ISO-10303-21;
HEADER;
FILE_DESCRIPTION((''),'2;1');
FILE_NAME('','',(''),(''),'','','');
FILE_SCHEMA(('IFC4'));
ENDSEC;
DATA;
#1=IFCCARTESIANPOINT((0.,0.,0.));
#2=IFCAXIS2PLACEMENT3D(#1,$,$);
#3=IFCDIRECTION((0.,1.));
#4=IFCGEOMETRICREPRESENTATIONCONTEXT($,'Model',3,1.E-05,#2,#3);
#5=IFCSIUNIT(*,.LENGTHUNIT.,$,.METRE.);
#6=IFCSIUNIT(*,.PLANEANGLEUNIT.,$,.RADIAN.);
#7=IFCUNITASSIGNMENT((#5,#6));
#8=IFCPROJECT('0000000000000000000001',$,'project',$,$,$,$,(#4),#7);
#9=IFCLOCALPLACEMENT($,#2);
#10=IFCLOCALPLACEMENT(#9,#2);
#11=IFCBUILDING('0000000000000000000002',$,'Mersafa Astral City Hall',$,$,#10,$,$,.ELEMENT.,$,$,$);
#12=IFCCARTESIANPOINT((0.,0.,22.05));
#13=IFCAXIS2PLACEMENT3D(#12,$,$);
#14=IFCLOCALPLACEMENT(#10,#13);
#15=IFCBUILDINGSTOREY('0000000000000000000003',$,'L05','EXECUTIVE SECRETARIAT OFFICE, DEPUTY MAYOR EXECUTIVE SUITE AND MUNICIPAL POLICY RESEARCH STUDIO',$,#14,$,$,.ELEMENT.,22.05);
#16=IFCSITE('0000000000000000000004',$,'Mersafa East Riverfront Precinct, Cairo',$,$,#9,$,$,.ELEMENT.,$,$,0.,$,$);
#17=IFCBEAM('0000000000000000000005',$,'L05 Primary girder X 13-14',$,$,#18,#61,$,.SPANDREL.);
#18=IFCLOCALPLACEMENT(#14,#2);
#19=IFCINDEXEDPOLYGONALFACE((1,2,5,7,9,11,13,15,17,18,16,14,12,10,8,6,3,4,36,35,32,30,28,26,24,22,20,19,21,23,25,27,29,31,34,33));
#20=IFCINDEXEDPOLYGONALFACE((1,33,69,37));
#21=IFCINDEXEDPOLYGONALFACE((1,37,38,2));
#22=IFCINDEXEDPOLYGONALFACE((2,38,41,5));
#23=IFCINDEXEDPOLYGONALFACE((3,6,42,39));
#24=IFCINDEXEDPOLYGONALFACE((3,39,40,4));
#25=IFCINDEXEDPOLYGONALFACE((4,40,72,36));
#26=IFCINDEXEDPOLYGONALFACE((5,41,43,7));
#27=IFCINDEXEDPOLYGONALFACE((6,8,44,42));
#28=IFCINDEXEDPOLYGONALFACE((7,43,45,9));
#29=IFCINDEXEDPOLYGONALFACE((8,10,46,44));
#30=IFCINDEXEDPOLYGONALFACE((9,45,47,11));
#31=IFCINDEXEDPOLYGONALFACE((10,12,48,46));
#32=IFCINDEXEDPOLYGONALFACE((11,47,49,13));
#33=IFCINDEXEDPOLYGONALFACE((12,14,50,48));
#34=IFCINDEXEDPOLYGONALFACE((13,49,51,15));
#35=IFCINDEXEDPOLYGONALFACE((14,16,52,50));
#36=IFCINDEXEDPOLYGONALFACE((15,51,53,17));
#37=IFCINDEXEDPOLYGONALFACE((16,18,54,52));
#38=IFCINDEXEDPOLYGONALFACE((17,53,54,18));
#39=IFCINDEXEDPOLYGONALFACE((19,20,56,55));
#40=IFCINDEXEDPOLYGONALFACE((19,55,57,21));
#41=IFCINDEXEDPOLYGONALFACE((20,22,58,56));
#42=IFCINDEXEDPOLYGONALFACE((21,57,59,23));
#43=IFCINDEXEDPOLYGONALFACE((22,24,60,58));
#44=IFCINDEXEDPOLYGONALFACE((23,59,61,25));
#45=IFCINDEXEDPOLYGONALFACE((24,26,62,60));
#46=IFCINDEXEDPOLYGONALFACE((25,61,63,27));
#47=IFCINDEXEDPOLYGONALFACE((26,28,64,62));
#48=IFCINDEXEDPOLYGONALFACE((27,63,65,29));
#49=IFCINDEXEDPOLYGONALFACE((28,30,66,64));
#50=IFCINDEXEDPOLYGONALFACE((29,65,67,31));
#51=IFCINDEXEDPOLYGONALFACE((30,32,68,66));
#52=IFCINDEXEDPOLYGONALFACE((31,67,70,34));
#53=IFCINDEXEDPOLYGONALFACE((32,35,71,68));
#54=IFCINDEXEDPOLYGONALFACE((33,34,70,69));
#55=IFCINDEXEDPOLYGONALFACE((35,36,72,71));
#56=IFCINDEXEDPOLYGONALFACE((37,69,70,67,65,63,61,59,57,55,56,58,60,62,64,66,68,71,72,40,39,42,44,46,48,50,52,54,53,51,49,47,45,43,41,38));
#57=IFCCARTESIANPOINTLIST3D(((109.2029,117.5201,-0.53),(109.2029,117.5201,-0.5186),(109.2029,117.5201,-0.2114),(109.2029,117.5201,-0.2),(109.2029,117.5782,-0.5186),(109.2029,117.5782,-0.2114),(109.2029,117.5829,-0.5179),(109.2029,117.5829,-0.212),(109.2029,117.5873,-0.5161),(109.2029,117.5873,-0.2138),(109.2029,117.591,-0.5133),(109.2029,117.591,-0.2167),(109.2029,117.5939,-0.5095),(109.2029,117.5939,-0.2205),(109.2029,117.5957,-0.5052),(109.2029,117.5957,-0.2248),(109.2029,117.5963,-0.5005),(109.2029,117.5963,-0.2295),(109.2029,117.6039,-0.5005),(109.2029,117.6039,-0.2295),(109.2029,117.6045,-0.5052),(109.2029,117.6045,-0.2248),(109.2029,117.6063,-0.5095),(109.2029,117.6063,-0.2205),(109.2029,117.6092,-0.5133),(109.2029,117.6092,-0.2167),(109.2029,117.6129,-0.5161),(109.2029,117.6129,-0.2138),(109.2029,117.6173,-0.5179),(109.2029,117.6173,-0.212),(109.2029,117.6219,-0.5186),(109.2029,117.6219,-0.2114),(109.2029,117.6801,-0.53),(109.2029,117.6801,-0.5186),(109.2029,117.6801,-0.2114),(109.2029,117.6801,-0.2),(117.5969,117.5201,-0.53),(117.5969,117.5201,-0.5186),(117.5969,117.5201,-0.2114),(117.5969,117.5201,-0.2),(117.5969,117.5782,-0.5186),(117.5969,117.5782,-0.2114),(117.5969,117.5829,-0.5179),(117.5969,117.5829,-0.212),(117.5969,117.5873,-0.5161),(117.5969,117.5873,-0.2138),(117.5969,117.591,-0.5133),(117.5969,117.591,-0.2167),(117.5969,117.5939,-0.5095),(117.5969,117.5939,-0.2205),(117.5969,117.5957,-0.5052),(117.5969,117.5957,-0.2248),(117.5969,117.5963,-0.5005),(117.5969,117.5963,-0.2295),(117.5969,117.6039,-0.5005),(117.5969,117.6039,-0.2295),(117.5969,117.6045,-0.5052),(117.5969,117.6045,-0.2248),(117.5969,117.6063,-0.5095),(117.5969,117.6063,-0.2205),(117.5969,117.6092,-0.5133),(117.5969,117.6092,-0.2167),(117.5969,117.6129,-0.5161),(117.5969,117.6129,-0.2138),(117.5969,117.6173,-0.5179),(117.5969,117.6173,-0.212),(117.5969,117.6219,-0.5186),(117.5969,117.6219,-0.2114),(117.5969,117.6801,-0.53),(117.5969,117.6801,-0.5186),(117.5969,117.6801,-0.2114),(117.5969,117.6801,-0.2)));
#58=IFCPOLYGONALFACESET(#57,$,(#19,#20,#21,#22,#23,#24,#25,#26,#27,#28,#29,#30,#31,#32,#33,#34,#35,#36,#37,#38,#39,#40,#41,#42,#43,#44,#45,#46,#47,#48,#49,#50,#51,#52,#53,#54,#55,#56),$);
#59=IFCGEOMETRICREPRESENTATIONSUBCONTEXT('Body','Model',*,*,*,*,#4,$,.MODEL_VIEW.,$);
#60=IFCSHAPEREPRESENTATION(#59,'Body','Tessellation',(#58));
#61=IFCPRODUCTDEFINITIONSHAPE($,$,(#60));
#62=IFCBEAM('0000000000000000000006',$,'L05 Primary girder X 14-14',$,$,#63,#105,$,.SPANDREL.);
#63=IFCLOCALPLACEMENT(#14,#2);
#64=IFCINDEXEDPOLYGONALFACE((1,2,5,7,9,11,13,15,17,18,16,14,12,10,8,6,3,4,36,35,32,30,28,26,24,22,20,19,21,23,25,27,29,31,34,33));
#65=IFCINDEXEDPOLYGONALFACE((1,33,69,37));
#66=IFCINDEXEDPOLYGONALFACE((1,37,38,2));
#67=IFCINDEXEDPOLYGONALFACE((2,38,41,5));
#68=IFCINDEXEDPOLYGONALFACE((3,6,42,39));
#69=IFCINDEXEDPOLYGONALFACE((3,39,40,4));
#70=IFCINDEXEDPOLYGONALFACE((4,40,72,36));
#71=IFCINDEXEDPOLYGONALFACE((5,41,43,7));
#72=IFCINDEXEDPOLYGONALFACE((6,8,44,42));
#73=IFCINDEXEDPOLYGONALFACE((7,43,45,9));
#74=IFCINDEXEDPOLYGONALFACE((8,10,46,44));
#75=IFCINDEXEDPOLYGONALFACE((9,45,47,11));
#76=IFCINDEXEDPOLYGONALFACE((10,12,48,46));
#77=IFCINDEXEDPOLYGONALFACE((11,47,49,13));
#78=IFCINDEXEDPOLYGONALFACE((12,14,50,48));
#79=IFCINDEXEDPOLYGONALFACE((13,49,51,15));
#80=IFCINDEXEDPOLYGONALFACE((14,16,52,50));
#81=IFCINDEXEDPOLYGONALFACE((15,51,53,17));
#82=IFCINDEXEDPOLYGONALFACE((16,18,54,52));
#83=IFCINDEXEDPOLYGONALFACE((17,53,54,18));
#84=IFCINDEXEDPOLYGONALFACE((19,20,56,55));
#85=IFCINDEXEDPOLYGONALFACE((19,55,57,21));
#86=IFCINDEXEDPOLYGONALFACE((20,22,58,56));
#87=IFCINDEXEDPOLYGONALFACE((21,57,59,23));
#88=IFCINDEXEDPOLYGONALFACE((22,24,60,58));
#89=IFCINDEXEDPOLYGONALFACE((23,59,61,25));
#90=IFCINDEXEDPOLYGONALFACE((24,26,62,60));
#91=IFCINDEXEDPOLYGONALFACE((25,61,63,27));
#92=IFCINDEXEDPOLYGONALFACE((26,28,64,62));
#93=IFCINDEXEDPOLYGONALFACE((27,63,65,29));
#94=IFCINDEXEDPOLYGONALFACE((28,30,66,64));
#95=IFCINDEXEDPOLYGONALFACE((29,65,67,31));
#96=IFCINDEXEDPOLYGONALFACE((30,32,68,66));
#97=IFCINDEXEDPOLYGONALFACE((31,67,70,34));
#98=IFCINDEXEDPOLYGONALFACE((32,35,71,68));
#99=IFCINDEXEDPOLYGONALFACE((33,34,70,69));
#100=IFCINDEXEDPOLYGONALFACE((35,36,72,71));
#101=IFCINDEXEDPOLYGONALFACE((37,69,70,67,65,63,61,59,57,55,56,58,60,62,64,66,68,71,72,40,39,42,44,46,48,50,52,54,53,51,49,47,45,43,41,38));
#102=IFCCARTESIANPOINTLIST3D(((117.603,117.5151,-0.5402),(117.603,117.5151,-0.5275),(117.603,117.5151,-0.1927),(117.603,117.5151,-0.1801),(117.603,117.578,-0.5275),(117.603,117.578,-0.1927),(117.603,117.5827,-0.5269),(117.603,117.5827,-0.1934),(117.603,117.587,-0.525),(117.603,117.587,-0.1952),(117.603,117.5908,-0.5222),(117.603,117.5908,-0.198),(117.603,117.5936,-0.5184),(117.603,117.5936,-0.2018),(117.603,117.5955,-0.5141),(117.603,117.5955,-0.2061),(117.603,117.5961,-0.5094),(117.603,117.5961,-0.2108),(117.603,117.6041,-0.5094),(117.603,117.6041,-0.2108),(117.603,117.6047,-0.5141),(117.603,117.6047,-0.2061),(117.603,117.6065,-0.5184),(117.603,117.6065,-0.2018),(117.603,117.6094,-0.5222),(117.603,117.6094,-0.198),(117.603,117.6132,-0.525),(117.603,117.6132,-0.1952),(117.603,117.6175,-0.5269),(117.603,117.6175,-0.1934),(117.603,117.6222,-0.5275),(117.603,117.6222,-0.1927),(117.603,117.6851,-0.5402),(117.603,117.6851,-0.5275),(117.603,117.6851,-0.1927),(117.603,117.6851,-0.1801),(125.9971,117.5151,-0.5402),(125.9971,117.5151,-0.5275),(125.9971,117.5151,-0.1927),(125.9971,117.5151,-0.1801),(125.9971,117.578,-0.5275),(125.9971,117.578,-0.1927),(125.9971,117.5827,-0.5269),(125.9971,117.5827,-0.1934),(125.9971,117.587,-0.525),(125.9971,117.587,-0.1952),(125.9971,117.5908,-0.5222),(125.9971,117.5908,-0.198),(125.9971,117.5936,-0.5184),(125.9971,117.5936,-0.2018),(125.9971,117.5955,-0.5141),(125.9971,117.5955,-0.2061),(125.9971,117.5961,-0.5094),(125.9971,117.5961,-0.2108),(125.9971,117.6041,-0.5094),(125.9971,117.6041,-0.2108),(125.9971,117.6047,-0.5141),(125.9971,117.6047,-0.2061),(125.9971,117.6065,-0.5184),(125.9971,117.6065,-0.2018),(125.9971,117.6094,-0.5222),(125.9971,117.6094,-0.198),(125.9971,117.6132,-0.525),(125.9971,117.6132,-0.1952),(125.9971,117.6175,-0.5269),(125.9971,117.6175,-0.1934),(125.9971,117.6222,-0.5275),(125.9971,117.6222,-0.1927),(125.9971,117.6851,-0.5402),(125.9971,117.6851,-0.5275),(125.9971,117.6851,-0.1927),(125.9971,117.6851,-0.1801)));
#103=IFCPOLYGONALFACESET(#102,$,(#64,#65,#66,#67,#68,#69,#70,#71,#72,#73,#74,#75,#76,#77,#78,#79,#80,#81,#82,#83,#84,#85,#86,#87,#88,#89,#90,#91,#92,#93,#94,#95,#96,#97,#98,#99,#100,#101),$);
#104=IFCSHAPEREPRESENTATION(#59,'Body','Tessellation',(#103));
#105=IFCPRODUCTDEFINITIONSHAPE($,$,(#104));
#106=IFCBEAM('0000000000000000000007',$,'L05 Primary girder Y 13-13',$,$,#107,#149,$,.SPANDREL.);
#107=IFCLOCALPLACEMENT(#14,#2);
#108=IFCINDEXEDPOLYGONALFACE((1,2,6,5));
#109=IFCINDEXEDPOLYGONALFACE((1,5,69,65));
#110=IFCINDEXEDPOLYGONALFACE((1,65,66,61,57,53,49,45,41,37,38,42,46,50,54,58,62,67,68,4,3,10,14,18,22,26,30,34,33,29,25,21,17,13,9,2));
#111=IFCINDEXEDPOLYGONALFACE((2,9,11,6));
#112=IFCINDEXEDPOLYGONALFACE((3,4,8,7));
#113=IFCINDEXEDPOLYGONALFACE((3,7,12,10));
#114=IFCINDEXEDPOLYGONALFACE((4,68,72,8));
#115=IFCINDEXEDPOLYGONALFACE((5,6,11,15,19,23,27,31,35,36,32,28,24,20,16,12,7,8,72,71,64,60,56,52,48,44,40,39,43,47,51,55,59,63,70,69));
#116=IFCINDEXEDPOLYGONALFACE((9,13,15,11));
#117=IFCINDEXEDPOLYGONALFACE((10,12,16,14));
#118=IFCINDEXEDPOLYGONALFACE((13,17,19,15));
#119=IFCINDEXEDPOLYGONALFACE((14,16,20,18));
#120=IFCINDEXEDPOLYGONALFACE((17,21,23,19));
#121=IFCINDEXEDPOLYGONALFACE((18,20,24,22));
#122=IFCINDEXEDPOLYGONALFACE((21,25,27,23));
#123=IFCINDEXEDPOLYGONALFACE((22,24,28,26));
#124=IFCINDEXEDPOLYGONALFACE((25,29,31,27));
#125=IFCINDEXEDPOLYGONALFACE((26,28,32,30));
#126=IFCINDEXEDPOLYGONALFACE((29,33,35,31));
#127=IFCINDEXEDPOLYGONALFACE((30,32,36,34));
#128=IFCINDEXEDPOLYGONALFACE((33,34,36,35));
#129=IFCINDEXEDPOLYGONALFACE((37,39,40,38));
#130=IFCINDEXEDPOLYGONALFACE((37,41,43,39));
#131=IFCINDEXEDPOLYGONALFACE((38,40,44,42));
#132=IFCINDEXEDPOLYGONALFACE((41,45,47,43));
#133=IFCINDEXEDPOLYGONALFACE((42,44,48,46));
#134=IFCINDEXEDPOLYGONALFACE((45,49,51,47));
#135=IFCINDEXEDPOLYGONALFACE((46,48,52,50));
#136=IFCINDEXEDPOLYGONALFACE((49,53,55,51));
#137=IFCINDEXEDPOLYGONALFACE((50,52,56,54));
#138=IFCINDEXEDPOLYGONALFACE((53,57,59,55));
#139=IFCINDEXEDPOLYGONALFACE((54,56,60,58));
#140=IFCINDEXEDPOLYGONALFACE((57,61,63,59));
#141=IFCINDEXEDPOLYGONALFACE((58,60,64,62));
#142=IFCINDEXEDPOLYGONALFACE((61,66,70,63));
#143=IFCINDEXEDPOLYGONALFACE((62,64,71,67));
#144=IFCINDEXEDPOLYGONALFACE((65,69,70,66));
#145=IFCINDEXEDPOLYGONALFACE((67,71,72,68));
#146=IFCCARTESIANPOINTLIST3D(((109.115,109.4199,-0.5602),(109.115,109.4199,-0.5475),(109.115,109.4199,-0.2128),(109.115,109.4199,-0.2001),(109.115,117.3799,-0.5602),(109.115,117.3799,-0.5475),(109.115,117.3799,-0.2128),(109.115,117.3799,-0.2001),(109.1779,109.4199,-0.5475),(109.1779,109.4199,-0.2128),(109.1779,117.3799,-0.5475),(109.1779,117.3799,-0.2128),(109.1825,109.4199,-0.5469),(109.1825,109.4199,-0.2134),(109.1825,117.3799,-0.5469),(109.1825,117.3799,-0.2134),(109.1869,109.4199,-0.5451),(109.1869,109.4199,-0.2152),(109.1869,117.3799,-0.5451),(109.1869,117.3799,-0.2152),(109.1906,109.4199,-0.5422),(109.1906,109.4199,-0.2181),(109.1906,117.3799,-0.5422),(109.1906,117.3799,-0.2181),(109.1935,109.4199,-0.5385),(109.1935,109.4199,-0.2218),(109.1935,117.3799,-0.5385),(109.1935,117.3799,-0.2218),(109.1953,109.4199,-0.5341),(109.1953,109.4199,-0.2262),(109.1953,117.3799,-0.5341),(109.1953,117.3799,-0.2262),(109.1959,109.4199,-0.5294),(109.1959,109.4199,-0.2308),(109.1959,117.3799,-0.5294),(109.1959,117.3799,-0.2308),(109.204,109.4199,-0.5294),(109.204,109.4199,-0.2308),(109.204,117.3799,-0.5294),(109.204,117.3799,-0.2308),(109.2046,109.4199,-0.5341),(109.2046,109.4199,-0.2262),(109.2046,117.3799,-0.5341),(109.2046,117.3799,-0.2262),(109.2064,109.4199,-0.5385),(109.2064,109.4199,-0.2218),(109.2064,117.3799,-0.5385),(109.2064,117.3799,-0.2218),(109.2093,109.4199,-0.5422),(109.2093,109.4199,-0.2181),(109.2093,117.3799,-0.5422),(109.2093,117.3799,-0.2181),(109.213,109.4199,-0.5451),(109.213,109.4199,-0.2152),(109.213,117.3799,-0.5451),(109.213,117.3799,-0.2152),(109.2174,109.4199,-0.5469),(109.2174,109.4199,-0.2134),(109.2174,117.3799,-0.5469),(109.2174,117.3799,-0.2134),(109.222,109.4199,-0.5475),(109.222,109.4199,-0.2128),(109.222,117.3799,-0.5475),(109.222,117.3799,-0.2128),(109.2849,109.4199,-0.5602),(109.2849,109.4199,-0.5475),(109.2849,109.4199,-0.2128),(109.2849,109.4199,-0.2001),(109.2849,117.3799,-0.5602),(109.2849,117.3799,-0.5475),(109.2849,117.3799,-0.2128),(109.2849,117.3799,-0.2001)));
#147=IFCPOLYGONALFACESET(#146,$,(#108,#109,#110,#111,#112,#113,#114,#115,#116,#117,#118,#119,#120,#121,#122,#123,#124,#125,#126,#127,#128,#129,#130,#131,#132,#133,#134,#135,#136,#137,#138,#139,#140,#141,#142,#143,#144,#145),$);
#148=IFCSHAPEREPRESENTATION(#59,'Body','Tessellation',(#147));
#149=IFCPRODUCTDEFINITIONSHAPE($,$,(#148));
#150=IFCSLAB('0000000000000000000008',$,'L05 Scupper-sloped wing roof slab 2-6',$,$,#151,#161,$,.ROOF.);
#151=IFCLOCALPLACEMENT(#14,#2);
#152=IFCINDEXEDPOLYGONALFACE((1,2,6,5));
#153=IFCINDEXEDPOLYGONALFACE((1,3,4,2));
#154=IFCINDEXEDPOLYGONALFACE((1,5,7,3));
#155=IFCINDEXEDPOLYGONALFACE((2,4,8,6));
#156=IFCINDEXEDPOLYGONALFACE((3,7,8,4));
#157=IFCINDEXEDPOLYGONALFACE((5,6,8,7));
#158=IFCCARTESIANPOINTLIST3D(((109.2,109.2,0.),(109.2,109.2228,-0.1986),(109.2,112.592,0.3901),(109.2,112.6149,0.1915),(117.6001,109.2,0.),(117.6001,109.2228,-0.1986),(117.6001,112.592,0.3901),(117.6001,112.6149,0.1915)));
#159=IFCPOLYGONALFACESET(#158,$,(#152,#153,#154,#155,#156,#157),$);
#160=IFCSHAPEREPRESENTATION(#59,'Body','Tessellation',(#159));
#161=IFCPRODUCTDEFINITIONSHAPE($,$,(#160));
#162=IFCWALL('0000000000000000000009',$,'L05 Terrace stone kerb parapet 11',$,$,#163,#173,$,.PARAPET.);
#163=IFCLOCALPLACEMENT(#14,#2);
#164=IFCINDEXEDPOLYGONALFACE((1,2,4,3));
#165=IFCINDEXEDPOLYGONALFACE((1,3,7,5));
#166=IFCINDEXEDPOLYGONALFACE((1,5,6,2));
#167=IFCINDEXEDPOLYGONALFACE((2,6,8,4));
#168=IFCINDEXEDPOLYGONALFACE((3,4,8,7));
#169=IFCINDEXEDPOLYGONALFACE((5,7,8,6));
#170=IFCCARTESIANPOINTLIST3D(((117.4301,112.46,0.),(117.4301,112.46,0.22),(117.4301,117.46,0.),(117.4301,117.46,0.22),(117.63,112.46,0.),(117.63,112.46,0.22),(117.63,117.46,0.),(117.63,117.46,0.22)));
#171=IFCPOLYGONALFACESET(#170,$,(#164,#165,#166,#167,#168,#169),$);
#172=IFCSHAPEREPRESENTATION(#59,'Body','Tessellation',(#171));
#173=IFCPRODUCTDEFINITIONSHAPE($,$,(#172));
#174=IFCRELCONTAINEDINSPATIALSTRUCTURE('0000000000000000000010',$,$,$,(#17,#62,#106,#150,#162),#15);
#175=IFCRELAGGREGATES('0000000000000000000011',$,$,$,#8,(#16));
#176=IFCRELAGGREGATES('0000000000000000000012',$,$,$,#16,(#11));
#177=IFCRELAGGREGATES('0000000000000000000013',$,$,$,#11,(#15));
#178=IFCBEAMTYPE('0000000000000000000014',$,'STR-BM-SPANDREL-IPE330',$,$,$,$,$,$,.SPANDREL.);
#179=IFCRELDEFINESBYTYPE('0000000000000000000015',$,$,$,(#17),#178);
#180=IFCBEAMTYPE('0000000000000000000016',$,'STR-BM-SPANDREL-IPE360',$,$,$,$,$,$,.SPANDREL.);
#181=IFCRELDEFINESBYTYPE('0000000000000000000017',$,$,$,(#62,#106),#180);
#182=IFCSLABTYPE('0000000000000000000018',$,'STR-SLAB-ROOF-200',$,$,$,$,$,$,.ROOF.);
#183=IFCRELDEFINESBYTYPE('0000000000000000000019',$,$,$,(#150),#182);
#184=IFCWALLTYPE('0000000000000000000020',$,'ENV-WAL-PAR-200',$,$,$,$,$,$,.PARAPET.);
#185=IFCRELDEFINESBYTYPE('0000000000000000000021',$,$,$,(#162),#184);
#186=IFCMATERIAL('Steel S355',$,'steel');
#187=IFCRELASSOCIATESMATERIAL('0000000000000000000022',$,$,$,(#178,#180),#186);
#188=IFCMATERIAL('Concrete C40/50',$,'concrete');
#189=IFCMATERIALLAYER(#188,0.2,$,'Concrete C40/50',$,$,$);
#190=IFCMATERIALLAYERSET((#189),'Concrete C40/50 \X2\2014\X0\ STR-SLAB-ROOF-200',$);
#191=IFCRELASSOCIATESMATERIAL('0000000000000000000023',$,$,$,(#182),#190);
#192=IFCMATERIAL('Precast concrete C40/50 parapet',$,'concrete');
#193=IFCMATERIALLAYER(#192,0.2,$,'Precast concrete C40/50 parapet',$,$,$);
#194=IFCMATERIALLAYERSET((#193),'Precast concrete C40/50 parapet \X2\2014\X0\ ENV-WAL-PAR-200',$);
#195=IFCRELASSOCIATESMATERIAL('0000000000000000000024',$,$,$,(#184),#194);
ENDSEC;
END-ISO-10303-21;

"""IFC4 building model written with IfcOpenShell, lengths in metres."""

from ifc_helpers import new_model, si_unit, direction, frame, frame_2d, origin, origin_2d, place, context, subcontext, project, spatial, polyline, rectangle, i_section, outline, extrude, material, layer, layer_set, material_profile, profile_set, type_object, element, save


model = new_model("IFC4")

# Units and contexts
model_context = context("Model", 3, precision=1e-05, world=origin(), true_north=direction((0.0, 1.0)))
body_context = subcontext(model_context, "Body", "Model", "MODEL_VIEW")
ifc_project = project(units=[si_unit("LENGTHUNIT", "METRE"), si_unit("PLANEANGLEUNIT", "RADIAN")], contexts=[model_context])

# Site, building, storey
site_placement = place(None, origin())
site = spatial("IfcSite", under=ifc_project, at=site_placement, Name="Mersafa East Riverfront Precinct, Cairo", CompositionType="ELEMENT", RefElevation=0.0)
building_placement = place(site_placement, origin())
building = spatial("IfcBuilding", under=site, at=building_placement, Name="Mersafa Astral City Hall", CompositionType="ELEMENT")
storey_placement = place(building_placement, frame((0.0, 0.0, 22.05)))
storey = spatial("IfcBuildingStorey", under=building, at=storey_placement, Name="L05", Description="EXECUTIVE SECRETARIAT OFFICE, DEPUTY MAYOR EXECUTIVE SUITE AND MUNICIPAL POLICY RESEARCH STUDIO", CompositionType="ELEMENT", Elevation=22.05)

# Shared definitions
ifc_material_1 = material(Name="Steel S355", Category="steel")

# Beams
ifc_material_profile_1 = material_profile(ifc_material_1, i_section(OverallWidth=0.1599, OverallDepth=0.3301, WebThickness=0.0076, FlangeThickness=0.0115, FilletRadius=0.0181, at=origin_2d()), Name="IPE 330")
ifc_profile_set_1 = profile_set([ifc_material_profile_1], Name="Steel S355")
beam_type_1 = type_object("IfcBeamType", Name="STR-BM-SPANDREL-IPE330", PredefinedType="SPANDREL", material=ifc_profile_set_1)
beam_1_placement = place(storey_placement, frame((109.2029, 117.6001, -0.365), z_axis=(1.0, 0.0, 0.0), x_axis=(0.0, 1.0, 0.0)))
element("IfcBeam", 1, at=beam_1_placement, inside=storey, type_object=beam_type_1, Name="L05 Primary girder X 13-14", PredefinedType="SPANDREL", context=body_context, shape_type="SweptSolid", body=[
    extrude(i_section(OverallWidth=0.1599, OverallDepth=0.3301, WebThickness=0.0076, FlangeThickness=0.0115, FilletRadius=0.0181, at=origin_2d()), origin(), (0.0, 0.0, 1.0), 8.394),
])
ifc_material_profile_2 = material_profile(ifc_material_1, i_section(OverallWidth=0.1699, OverallDepth=0.3601, WebThickness=0.0081, FlangeThickness=0.0127, FilletRadius=0.0181, at=origin_2d()), Name="IPE 360")
ifc_profile_set_2 = profile_set([ifc_material_profile_2], Name="Steel S355")
beam_type_2 = type_object("IfcBeamType", Name="STR-BM-SPANDREL-IPE360", PredefinedType="SPANDREL", material=ifc_profile_set_2)
beam_2_placement = place(storey_placement, frame((117.603, 117.6001, -0.3601), z_axis=(1.0, 0.0, 0.0), x_axis=(0.0, 1.0, 0.0)))
element("IfcBeam", 2, at=beam_2_placement, inside=storey, type_object=beam_type_2, Name="L05 Primary girder X 14-14", PredefinedType="SPANDREL", context=body_context, shape_type="SweptSolid", body=[
    extrude(i_section(OverallWidth=0.1699, OverallDepth=0.3601, WebThickness=0.0081, FlangeThickness=0.0127, FilletRadius=0.0181, at=origin_2d()), origin(), (0.0, 0.0, 1.0), 8.394),
])
beam_3_placement = place(storey_placement, frame((109.2, 109.4199, -0.3801), z_axis=(0.0, 1.0, 0.0), x_axis=(-1.0, 0.0, 0.0)))
element("IfcBeam", 3, at=beam_3_placement, inside=storey, type_object=beam_type_2, Name="L05 Primary girder Y 13-13", PredefinedType="SPANDREL", context=body_context, shape_type="SweptSolid", body=[
    extrude(i_section(OverallWidth=0.1699, OverallDepth=0.3601, WebThickness=0.0081, FlangeThickness=0.0127, FilletRadius=0.0181, at=origin_2d()), origin(), (0.0, 0.0, 1.0), 7.96),
])

# Slab
ifc_material_2 = material(Name="Concrete C40/50", Category="concrete")
ifc_layer_1 = layer(ifc_material_2, 0.2, Name="Concrete C40/50")
ifc_layer_set_1 = layer_set([ifc_layer_1], Name="Concrete C40/50 — STR-SLAB-ROOF-200")
slab_type = type_object("IfcSlabType", Name="STR-SLAB-ROOF-200", PredefinedType="ROOF", material=ifc_layer_set_1)
slab_placement = place(storey_placement, frame((117.6001, 112.592, 0.3901), z_axis=(0.0, -0.11426, 0.993451), x_axis=(-1.0, 0.0, 0.0)))
element("IfcSlab", 4, at=slab_placement, inside=storey, type_object=slab_type, Name="L05 Scupper-sloped wing roof slab 2-6", PredefinedType="ROOF", context=body_context, shape_type="SweptSolid", body=[
    extrude(outline(polyline([(0.0, 0.0), (8.4001, 0.0), (8.4001, 3.4145), (0.0, 3.4145), (0.0, 0.0)])), origin(), (0.0, 0.0, -1.0), 0.2),
])

# Wall
ifc_material_3 = material(Name="Precast concrete C40/50 parapet", Category="concrete")
ifc_layer_2 = layer(ifc_material_3, 0.2, Name="Precast concrete C40/50 parapet")
ifc_layer_set_2 = layer_set([ifc_layer_2], Name="Precast concrete C40/50 parapet — ENV-WAL-PAR-200")
wall_type = type_object("IfcWallType", Name="ENV-WAL-PAR-200", PredefinedType="PARAPET", material=ifc_layer_set_2)
wall_placement = place(storey_placement, frame((117.53, 112.46, 0.0), z_axis=(0.0, 0.0, 1.0), x_axis=(0.0, 1.0, 0.0)))
element("IfcWall", 5, at=wall_placement, inside=storey, type_object=wall_type, Name="L05 Terrace stone kerb parapet 11", PredefinedType="PARAPET", context=body_context, shape_type="SweptSolid", body=[
    extrude(rectangle(XDim=5.0, YDim=0.2, at=frame_2d((2.5, 0.0))), origin(), (0.0, 0.0, 1.0), 0.22),
])

save(model, "model.ifc")
